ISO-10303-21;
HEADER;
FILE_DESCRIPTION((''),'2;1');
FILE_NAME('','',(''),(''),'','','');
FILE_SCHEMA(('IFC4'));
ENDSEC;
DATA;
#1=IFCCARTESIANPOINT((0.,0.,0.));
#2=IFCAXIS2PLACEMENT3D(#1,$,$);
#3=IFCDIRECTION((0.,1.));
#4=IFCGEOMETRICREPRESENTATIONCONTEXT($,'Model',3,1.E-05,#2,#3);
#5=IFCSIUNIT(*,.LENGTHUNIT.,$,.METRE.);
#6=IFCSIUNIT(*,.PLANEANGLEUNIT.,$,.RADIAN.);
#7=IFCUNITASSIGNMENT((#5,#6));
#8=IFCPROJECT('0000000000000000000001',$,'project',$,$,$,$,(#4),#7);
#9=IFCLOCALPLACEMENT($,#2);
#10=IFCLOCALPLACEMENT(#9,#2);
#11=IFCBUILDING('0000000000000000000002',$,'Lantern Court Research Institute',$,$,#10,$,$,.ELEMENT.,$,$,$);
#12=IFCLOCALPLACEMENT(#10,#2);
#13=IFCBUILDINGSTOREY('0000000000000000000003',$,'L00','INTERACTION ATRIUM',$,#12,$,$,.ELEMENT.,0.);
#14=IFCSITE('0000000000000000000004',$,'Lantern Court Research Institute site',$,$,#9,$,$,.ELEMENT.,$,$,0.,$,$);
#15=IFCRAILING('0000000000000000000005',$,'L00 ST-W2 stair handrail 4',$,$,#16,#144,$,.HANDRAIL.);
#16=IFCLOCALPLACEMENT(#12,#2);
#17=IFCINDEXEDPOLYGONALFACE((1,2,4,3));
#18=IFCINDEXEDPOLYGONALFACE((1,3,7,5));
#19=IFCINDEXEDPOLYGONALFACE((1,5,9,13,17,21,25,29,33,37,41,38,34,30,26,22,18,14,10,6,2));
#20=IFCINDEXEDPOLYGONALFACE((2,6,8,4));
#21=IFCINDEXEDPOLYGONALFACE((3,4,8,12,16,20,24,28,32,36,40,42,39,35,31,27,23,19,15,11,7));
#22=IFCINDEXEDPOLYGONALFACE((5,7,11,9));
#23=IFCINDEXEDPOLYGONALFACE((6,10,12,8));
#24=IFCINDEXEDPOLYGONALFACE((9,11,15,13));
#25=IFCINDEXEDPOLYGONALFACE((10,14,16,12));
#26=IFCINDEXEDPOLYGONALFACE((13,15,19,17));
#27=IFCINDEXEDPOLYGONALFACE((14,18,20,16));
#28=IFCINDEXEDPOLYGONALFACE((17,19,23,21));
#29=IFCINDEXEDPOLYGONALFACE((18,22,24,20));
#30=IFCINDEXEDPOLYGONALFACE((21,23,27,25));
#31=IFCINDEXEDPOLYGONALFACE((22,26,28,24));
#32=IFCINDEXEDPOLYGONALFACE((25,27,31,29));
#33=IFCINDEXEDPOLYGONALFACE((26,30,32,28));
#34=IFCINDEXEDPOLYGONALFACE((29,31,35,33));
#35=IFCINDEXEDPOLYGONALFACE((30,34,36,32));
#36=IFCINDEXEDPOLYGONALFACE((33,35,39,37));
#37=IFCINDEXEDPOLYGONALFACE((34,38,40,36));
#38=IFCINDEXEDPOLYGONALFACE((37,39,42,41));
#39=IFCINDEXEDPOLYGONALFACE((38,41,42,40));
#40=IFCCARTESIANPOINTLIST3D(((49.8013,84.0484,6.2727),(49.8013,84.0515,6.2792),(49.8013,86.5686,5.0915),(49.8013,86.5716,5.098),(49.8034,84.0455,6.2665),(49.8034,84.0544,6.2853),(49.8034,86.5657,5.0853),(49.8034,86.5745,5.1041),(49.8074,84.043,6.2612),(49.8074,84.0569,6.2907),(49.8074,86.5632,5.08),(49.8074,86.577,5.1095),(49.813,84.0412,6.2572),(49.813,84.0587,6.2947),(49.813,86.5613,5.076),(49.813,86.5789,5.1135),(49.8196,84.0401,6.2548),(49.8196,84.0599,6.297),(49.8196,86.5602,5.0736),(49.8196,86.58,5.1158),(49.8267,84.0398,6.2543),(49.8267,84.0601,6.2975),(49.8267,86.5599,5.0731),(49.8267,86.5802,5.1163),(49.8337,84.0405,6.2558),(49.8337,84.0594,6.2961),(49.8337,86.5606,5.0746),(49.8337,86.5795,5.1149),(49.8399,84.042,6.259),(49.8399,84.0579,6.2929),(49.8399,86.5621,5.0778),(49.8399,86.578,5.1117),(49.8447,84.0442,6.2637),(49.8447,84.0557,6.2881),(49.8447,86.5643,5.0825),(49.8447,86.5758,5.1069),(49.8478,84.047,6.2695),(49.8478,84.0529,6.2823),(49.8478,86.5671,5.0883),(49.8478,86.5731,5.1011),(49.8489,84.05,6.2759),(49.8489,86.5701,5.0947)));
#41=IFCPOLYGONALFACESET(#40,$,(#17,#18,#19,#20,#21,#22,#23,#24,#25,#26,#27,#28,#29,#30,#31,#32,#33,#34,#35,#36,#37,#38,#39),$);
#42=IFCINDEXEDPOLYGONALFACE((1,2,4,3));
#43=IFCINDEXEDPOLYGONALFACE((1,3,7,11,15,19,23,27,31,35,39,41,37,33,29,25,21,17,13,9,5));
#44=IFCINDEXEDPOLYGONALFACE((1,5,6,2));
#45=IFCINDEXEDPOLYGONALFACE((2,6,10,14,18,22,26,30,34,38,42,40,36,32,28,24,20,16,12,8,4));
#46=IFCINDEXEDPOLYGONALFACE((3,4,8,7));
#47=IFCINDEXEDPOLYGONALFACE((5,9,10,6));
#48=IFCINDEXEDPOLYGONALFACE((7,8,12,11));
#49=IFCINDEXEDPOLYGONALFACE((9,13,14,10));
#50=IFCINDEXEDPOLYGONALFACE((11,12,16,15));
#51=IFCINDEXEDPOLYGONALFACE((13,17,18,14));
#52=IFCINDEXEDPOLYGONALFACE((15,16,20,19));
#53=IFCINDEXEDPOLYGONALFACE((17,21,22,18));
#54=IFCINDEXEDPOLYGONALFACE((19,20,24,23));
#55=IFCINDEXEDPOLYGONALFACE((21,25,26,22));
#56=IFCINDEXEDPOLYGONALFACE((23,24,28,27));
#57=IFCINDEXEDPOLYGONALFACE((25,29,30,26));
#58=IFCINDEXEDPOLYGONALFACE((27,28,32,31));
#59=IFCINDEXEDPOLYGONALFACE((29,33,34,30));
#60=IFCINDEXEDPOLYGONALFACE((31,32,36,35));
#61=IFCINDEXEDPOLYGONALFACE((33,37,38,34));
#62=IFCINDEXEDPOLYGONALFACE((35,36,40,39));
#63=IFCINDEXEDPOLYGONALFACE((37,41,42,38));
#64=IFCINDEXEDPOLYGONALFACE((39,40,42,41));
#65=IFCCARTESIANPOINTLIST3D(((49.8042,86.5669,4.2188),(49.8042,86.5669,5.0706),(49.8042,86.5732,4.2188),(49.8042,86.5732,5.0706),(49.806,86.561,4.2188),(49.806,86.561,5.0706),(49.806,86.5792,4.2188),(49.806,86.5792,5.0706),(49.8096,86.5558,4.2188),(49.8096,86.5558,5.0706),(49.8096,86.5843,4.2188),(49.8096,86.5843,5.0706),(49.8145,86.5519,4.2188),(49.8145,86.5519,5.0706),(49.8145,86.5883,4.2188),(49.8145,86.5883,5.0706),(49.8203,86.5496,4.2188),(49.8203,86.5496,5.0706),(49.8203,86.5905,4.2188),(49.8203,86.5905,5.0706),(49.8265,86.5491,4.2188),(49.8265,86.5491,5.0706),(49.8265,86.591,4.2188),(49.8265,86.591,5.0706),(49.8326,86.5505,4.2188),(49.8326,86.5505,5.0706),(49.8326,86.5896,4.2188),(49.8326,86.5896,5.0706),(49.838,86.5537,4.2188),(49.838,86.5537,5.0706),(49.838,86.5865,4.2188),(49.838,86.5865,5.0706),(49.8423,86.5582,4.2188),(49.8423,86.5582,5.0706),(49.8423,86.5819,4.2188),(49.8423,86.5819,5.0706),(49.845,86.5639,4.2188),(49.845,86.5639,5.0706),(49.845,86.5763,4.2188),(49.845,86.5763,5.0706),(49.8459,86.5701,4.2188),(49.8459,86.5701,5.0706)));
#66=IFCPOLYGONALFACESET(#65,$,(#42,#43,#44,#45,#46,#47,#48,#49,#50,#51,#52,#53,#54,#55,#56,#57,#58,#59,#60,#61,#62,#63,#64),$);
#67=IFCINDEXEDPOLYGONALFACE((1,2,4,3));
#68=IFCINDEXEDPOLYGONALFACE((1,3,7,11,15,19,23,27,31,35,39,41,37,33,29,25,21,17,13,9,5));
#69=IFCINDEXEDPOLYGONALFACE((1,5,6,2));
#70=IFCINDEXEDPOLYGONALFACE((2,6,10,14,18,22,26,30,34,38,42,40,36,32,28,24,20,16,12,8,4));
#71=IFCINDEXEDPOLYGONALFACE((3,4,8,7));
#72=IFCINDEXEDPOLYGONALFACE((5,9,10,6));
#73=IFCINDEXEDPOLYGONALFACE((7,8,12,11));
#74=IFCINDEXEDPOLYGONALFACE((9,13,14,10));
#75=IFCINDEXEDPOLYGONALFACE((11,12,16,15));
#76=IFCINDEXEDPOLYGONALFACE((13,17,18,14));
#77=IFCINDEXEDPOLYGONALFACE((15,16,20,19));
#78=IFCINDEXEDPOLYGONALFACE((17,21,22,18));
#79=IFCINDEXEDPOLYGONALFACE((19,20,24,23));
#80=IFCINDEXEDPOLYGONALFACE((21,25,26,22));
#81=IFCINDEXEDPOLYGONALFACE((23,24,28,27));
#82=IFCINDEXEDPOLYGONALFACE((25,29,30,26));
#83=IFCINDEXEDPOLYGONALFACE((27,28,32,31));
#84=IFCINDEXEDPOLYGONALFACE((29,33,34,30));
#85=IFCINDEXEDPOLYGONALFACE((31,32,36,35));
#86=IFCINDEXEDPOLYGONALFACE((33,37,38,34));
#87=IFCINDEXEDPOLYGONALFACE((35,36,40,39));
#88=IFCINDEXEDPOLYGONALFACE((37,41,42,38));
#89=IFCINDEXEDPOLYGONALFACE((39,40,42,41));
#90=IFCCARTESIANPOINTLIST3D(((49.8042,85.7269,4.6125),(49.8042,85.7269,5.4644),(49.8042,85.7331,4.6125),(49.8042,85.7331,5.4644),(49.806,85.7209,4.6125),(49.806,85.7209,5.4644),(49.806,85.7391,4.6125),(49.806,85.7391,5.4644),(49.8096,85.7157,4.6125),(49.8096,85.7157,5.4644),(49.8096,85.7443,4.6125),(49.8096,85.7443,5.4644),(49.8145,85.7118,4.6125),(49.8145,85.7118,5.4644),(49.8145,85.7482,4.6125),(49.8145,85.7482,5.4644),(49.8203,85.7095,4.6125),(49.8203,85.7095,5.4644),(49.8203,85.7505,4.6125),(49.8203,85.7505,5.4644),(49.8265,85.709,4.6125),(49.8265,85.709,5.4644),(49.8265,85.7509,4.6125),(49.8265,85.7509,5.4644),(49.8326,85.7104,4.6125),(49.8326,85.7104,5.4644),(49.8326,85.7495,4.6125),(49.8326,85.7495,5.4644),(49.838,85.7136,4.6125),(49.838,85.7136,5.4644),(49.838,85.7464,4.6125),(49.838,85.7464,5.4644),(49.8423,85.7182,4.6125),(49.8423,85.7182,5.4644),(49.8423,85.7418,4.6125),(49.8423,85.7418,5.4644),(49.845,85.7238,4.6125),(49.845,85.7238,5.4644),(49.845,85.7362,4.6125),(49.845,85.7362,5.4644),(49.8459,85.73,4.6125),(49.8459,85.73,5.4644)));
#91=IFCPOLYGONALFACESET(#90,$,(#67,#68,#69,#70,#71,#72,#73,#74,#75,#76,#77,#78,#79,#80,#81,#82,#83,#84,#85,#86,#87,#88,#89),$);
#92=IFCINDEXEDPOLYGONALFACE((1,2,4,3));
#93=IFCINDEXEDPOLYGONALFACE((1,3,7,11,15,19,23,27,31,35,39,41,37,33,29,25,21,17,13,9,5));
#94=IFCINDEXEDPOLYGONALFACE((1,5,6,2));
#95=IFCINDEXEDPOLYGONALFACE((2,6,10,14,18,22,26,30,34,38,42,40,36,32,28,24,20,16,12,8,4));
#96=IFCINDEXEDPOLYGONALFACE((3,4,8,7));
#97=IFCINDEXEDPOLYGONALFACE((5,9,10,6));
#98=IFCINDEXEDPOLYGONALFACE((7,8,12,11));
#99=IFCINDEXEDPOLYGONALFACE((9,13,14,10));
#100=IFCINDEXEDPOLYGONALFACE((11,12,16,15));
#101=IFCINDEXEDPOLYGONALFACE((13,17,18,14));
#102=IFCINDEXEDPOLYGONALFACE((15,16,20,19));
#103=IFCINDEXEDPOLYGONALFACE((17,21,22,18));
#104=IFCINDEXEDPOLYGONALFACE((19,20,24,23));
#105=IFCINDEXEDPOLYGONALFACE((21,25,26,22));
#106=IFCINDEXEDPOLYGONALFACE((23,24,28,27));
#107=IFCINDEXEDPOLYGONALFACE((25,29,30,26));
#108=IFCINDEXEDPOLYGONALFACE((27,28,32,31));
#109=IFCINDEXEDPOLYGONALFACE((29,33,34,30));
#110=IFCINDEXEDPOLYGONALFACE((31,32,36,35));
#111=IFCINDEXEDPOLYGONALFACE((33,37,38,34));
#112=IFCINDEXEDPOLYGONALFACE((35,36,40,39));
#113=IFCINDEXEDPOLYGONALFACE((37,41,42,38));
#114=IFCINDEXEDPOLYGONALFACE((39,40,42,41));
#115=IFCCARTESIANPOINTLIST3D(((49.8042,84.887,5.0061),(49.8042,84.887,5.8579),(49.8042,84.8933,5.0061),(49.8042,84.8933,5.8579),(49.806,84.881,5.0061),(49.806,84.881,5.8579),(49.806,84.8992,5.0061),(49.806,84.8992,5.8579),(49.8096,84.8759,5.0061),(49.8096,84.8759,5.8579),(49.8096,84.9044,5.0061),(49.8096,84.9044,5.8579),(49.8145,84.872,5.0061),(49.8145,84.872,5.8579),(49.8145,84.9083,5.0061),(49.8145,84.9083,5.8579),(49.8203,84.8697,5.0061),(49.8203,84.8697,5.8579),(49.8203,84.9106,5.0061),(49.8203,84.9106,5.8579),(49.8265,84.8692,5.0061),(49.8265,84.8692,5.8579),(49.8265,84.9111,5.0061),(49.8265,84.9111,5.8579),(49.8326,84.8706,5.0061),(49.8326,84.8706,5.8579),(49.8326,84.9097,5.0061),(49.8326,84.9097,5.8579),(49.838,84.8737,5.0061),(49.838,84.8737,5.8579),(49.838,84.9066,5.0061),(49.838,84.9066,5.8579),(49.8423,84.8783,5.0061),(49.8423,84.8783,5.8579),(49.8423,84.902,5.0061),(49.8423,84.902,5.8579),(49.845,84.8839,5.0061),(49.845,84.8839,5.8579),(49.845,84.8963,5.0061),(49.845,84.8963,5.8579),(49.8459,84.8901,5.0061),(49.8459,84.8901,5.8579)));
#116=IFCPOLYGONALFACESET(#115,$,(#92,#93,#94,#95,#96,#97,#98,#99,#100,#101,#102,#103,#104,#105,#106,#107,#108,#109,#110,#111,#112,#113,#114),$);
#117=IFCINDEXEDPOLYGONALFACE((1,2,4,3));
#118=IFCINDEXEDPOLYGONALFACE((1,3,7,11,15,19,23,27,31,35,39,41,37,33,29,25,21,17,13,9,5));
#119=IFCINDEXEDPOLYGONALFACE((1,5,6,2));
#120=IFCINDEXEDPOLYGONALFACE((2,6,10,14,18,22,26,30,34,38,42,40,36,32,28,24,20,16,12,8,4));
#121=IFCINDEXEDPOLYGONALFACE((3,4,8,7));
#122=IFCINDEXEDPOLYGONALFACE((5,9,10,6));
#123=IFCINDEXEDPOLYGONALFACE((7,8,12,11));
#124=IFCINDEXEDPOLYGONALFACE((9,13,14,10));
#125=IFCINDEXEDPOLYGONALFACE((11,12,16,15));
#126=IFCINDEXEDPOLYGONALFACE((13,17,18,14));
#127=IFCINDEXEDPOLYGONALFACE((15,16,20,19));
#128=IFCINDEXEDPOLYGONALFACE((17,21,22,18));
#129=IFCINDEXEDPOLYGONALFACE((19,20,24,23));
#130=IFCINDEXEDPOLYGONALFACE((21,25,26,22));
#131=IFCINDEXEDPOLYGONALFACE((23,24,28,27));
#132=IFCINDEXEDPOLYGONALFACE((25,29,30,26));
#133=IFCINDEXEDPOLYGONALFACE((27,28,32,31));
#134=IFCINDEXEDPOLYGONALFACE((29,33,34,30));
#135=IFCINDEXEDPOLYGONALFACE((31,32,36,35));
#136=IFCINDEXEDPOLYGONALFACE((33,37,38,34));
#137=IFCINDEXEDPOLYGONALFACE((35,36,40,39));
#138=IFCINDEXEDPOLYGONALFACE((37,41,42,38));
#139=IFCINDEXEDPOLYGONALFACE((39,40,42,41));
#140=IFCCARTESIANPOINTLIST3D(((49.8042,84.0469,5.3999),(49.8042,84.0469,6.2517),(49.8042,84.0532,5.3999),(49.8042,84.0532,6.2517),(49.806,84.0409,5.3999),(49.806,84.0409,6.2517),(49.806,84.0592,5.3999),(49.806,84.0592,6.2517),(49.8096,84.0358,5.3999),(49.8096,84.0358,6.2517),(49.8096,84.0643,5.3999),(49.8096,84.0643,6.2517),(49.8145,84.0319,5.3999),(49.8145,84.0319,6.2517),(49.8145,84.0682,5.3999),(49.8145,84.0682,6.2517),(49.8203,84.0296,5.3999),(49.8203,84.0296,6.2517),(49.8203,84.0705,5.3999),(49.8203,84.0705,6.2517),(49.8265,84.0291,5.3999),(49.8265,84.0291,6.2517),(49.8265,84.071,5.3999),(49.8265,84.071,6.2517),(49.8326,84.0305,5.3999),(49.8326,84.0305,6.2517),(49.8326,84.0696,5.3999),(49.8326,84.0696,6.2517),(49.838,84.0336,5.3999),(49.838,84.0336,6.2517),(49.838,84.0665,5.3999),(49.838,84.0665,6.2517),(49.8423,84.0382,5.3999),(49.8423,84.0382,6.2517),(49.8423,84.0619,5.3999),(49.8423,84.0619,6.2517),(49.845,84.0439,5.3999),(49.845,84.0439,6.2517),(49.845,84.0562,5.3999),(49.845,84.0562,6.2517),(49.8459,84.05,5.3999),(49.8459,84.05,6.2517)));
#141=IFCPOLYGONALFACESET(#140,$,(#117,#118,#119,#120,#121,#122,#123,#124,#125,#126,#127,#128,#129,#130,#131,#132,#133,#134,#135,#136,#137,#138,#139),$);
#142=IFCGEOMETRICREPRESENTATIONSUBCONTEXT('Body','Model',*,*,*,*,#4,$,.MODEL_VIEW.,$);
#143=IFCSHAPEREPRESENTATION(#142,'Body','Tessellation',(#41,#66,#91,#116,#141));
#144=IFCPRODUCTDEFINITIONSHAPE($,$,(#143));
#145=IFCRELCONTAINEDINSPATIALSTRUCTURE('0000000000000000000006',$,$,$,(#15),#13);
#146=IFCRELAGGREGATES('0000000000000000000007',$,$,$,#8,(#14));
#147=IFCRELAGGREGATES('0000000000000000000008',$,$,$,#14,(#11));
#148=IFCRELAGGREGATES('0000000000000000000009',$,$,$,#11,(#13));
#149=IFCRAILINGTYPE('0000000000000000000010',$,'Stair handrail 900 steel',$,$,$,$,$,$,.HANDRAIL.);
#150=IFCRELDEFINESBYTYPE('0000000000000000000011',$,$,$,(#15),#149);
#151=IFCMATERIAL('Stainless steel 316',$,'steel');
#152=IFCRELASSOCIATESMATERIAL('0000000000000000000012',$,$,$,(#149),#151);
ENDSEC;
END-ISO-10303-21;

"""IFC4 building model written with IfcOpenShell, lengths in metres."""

from ifc_helpers import new_model, si_unit, direction, frame, origin, origin_2d, place, context, subcontext, project, spatial, circle, extrude, material, type_object, element, save


model = new_model("IFC4")

# Units and contexts
model_context = context("Model", 3, precision=1e-05, world=origin(), true_north=direction((0.0, 1.0)))
body_context = subcontext(model_context, "Body", "Model", "MODEL_VIEW")
ifc_project = project(units=[si_unit("LENGTHUNIT", "METRE"), si_unit("PLANEANGLEUNIT", "RADIAN")], contexts=[model_context])

# Site, building, storey
site_placement = place(None, origin())
site = spatial("IfcSite", under=ifc_project, at=site_placement, Name="Lantern Court Research Institute site", CompositionType="ELEMENT", RefElevation=0.0)
building_placement = place(site_placement, origin())
building = spatial("IfcBuilding", under=site, at=building_placement, Name="Lantern Court Research Institute", CompositionType="ELEMENT")
storey_placement = place(building_placement, origin())
storey = spatial("IfcBuildingStorey", under=building, at=storey_placement, Name="L00", Description="INTERACTION ATRIUM", CompositionType="ELEMENT", Elevation=0.0)

# Railing
ifc_material_1 = material(Name="Stainless steel 316", Category="steel")
railing_type_1 = type_object("IfcRailingType", Name="Stair handrail 900 steel", PredefinedType="HANDRAIL", material=ifc_material_1)
for number, where, name in (
    (1, (49.825, 86.5701, 4.2188), "L00 ST-W2 stair handrail 4"),
):
    element("IfcRailing", number, at=place(storey_placement, frame(where)), inside=storey, type_object=railing_type_1, Name=name, PredefinedType="HANDRAIL", context=body_context, shape_type="SweptSolid", body=[
        extrude(circle(Radius=0.0239, at=origin_2d()), frame((0.0, 0.0, 0.876), z_axis=(0.0, -0.905474, 0.424402), x_axis=(1.0, 0.0, 0.0)), (0.0, 0.0, 1.0), 2.7832),
        extrude(circle(Radius=0.021, at=origin_2d()), origin(), (0.0, 0.0, 1.0), 0.8518),
        extrude(circle(Radius=0.021, at=origin_2d()), frame((0.0, -0.8401, 0.3938)), (0.0, 0.0, 1.0), 0.8518),
        extrude(circle(Radius=0.021, at=origin_2d()), frame((0.0, -1.6799, 0.7874)), (0.0, 0.0, 1.0), 0.8518),
        extrude(circle(Radius=0.021, at=origin_2d()), frame((0.0, -2.52, 1.1812)), (0.0, 0.0, 1.0), 0.8518),
    ])

save(model, "model.ifc")
